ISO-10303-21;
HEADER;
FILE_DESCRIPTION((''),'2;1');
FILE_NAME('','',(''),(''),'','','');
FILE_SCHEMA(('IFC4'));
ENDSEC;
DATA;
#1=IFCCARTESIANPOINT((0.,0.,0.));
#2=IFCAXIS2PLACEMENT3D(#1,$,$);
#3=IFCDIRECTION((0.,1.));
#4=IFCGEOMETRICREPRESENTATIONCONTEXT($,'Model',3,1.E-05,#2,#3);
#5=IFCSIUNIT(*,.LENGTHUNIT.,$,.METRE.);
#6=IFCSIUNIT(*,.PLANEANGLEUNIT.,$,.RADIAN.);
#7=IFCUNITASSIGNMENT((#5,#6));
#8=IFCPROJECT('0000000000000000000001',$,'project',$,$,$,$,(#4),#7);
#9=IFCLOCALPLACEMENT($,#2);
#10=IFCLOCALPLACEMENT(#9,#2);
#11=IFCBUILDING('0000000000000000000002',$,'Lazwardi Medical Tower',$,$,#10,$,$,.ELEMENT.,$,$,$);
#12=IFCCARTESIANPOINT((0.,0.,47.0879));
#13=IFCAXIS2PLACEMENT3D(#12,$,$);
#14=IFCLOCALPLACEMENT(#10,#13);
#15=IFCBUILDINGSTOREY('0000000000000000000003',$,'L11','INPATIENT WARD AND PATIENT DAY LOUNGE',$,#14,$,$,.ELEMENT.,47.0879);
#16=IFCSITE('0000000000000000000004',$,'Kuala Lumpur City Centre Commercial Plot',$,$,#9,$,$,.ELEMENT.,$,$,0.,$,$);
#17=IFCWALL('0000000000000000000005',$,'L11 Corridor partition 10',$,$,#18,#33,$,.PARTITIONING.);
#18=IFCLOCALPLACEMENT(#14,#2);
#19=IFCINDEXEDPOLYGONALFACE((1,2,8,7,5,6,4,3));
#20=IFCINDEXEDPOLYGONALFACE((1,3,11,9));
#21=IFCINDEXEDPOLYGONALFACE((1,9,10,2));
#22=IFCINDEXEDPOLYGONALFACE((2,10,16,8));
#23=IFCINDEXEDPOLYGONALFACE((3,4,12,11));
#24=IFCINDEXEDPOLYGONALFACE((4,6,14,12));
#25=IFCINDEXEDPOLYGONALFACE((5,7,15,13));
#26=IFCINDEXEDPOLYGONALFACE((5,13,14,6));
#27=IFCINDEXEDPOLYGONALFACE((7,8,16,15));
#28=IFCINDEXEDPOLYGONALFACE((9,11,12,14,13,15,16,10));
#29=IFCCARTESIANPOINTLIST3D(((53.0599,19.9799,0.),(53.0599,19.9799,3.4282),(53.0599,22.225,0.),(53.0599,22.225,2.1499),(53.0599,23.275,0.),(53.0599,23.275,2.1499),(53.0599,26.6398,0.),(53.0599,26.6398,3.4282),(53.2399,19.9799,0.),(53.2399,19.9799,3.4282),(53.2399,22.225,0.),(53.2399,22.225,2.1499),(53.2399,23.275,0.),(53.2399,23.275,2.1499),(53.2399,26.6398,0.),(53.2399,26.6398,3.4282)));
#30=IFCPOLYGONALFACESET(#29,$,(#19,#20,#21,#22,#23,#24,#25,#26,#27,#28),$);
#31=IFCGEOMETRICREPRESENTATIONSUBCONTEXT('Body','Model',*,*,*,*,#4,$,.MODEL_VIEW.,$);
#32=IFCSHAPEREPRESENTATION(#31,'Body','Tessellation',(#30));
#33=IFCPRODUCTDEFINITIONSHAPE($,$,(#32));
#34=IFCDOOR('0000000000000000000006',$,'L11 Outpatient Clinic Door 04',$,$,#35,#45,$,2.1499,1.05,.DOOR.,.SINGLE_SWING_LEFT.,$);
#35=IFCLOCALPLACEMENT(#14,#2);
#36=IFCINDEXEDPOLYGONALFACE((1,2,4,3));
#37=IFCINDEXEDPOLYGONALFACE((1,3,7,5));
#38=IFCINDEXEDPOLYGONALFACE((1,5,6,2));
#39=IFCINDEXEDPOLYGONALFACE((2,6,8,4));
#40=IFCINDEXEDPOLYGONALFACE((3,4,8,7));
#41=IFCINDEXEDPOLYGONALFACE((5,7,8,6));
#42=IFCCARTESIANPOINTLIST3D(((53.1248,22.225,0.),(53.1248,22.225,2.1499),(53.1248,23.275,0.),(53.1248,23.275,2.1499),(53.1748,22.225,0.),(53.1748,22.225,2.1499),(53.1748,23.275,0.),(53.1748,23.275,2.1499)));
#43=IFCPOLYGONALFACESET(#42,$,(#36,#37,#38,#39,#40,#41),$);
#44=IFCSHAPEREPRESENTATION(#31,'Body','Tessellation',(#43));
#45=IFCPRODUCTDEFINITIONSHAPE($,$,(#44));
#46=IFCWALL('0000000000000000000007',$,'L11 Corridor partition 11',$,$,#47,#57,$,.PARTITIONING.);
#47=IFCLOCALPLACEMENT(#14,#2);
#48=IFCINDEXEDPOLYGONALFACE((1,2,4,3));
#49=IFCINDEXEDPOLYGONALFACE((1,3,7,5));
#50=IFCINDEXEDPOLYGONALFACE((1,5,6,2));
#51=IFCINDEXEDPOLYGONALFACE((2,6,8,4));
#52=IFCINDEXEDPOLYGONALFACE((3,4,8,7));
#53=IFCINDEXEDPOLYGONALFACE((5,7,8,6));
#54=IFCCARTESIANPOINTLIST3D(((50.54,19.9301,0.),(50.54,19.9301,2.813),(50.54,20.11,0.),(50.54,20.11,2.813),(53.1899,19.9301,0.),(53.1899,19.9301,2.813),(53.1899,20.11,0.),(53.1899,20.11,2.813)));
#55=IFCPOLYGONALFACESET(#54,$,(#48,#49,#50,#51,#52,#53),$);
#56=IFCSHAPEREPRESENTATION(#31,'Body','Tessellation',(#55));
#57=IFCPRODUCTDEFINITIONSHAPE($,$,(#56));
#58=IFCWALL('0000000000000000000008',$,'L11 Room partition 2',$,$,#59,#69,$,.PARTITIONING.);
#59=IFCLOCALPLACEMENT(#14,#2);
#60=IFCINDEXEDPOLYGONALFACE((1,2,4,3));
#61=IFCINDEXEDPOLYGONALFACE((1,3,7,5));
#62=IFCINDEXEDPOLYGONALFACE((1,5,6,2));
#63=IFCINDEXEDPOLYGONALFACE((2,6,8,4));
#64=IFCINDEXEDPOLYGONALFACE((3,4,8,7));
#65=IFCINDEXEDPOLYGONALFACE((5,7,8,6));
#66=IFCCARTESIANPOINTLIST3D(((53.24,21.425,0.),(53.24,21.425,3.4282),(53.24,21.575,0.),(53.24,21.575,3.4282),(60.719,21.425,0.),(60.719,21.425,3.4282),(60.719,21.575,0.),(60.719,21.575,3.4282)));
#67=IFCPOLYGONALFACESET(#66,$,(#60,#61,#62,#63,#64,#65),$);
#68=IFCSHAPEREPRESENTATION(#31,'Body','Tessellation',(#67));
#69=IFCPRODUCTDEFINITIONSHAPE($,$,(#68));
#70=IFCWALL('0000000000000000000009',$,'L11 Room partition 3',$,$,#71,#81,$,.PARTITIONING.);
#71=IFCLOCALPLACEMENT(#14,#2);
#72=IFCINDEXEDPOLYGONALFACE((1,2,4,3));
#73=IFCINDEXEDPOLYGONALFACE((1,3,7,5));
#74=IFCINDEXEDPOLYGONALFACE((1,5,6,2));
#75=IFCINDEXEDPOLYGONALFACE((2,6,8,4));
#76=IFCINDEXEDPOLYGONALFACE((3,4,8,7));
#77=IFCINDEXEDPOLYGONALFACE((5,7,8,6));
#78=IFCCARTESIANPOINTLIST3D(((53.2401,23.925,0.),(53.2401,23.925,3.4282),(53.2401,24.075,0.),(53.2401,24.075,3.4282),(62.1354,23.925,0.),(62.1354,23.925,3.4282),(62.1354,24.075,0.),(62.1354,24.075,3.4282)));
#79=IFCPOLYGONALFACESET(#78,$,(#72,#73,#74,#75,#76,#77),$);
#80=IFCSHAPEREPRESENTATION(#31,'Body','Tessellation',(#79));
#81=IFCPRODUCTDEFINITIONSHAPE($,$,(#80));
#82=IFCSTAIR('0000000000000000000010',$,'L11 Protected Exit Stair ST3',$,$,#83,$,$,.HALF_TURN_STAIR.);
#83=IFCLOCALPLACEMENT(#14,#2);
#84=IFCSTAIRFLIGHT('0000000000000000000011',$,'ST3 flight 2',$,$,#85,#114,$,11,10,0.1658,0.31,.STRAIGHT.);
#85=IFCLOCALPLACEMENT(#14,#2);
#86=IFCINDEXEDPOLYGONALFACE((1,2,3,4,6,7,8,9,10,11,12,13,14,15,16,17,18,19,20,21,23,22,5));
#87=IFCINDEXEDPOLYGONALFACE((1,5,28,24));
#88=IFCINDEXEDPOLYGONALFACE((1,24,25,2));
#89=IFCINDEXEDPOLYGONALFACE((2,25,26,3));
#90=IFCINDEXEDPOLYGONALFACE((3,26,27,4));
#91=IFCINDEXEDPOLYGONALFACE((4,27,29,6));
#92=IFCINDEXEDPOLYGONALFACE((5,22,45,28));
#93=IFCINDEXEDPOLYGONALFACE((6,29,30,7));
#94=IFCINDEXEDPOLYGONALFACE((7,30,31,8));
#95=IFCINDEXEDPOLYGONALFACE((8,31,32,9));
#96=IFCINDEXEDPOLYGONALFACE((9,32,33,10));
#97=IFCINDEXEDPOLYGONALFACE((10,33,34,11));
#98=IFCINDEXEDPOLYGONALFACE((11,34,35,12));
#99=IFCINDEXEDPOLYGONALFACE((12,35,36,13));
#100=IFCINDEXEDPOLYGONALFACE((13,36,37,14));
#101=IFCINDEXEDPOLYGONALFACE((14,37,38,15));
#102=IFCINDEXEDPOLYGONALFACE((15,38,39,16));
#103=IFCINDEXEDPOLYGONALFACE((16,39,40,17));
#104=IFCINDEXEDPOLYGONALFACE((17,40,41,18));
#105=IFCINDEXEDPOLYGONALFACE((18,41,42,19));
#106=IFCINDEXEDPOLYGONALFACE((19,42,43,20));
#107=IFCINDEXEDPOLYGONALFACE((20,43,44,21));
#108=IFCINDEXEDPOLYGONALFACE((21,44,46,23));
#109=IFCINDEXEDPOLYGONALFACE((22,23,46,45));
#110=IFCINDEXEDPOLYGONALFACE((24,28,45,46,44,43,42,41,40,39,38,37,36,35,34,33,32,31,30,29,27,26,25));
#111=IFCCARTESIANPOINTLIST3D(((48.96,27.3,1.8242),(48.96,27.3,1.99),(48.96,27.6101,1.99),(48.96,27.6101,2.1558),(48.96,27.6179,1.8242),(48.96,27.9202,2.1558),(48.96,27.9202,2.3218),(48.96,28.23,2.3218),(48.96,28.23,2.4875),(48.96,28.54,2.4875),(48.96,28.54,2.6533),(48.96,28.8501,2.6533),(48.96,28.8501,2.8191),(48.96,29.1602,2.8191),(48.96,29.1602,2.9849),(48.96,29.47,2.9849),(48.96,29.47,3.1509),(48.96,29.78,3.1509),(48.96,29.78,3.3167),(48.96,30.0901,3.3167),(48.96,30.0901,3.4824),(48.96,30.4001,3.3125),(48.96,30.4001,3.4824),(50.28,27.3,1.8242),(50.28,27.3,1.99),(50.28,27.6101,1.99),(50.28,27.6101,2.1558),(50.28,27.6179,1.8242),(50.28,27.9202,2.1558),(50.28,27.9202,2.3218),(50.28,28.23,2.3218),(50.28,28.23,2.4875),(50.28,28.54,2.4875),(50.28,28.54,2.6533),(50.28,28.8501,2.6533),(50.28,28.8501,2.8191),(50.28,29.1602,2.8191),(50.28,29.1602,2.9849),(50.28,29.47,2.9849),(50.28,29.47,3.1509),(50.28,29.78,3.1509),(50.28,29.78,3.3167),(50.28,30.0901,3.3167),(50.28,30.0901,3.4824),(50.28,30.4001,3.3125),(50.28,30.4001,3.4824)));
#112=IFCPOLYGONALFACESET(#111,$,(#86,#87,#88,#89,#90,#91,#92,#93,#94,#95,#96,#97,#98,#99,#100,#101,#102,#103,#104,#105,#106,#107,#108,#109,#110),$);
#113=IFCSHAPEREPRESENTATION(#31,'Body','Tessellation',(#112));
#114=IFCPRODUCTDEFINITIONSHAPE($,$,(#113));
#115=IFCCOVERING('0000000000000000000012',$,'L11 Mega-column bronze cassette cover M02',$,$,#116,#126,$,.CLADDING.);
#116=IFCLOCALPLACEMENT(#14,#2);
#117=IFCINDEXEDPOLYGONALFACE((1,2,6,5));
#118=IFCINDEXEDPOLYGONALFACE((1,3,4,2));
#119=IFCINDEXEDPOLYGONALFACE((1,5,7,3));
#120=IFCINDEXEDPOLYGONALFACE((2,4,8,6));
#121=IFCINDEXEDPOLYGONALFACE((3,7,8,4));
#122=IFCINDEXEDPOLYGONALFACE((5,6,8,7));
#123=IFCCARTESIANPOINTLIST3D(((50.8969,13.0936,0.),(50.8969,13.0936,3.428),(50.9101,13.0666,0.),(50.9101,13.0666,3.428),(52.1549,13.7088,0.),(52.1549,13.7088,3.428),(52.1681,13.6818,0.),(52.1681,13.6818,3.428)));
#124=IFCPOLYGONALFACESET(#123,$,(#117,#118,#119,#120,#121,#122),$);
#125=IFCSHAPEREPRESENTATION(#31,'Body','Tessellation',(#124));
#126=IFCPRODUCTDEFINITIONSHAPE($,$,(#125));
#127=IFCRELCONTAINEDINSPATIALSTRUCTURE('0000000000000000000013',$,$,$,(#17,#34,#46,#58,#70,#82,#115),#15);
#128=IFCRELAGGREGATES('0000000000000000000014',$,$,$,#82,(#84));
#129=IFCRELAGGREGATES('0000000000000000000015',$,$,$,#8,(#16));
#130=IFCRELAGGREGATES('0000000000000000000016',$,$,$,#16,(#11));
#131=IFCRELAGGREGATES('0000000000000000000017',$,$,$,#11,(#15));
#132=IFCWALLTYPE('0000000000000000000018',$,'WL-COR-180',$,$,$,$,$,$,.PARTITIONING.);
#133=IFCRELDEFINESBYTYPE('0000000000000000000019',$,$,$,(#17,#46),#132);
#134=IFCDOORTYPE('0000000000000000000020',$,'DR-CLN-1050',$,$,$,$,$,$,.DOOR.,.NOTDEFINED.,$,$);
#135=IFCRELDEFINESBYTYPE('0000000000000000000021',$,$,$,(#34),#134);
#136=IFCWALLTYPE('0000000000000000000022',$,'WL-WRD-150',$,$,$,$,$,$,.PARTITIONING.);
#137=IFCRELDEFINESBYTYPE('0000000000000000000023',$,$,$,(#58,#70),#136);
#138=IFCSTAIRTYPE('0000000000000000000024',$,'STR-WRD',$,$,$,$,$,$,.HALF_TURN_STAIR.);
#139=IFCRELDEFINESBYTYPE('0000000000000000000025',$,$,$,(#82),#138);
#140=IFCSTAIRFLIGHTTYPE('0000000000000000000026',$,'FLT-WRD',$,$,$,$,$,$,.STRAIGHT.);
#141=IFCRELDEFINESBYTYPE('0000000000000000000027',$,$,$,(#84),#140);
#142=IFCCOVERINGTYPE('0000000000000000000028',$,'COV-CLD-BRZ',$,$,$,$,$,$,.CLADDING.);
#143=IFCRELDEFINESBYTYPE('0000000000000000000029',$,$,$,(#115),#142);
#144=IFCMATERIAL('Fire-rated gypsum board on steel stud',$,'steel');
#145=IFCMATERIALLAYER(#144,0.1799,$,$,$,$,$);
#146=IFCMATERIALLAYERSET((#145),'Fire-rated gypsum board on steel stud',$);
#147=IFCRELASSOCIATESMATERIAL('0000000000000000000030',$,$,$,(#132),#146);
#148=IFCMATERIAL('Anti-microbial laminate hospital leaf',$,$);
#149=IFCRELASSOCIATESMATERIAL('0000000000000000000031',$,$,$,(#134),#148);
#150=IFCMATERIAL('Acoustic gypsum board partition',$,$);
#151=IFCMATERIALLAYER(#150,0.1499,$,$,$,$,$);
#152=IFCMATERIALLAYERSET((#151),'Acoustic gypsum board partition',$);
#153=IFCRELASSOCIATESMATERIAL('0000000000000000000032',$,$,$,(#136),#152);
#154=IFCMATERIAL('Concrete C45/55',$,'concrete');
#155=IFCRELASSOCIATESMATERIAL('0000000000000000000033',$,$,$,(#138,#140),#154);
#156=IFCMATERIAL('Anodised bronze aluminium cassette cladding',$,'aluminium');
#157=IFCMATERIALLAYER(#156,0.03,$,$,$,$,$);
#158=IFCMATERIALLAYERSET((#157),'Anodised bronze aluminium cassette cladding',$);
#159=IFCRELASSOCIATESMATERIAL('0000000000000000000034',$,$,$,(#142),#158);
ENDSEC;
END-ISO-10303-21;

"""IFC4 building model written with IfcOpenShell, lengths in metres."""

from ifc_helpers import new_model, si_unit, direction, frame, frame_2d, origin, origin_2d, place, context, subcontext, project, spatial, polyline, rectangle, outline, extrude, material, layer, layer_set, type_object, element, fill, aggregate, save


model = new_model("IFC4")

# Units and contexts
model_context = context("Model", 3, precision=1e-05, world=origin(), true_north=direction((0.0, 1.0)))
body_context = subcontext(model_context, "Body", "Model", "MODEL_VIEW")
ifc_project = project(units=[si_unit("LENGTHUNIT", "METRE"), si_unit("PLANEANGLEUNIT", "RADIAN")], contexts=[model_context])

# Site, building, storey
site_placement = place(None, origin())
site = spatial("IfcSite", under=ifc_project, at=site_placement, Name="Kuala Lumpur City Centre Commercial Plot", CompositionType="ELEMENT", RefElevation=0.0)
building_placement = place(site_placement, origin())
building = spatial("IfcBuilding", under=site, at=building_placement, Name="Lazwardi Medical Tower", CompositionType="ELEMENT")
storey_placement = place(building_placement, frame((0.0, 0.0, 47.0879)))
storey = spatial("IfcBuildingStorey", under=building, at=storey_placement, Name="L11", Description="INPATIENT WARD AND PATIENT DAY LOUNGE", CompositionType="ELEMENT", Elevation=47.0879)

# Wall, opening, door
ifc_material_1 = material(Name="Fire-rated gypsum board on steel stud", Category="steel")
ifc_layer_1 = layer(ifc_material_1, 0.1799)
ifc_layer_set_1 = layer_set([ifc_layer_1], Name="Fire-rated gypsum board on steel stud")
wall_type_1 = type_object("IfcWallType", Name="WL-COR-180", PredefinedType="PARTITIONING", material=ifc_layer_set_1)
wall_1_placement = place(storey_placement, frame((53.1499, 26.6399, 0.0), z_axis=(0.0, 0.0, 1.0), x_axis=(0.0, -1.0, 0.0)))
wall_1 = element("IfcWall", 1, at=wall_1_placement, inside=storey, type_object=wall_type_1, Name="L11 Corridor partition 10", PredefinedType="PARTITIONING", context=body_context, shape_type="SweptSolid", body=[
    extrude(rectangle(XDim=6.6599, YDim=0.1799, at=frame_2d((3.3301, 0.0))), origin(), (0.0, 0.0, 1.0), 3.4282),
])
opening_placement = place(wall_1_placement, frame((3.365, 0.0, 0.0)))
opening = element("IfcOpeningElement", 2, at=opening_placement, cuts=wall_1, PredefinedType="OPENING", context=body_context, shape_type="SweptSolid", body=[
    extrude(rectangle(XDim=1.05, YDim=2.1499, at=frame_2d((0.5249, 1.075))), frame((0.0, 0.0999, 0.0), z_axis=(0.0, -1.0, 0.0), x_axis=(1.0, 0.0, 0.0)), (0.0, 0.0, 1.0), 0.2),
])
ifc_material_2 = material(Name="Anti-microbial laminate hospital leaf")
door_type = type_object("IfcDoorType", Name="DR-CLN-1050", OperationType="NOTDEFINED", PredefinedType="DOOR", material=ifc_material_2)
door_placement = place(opening_placement, origin())
door = element("IfcDoor", 3, at=door_placement, inside=storey, type_object=door_type, Name="L11 Outpatient Clinic Door 04", OperationType="SINGLE_SWING_LEFT", OverallHeight=2.1499, OverallWidth=1.05, PredefinedType="DOOR", context=body_context, shape_type="SweptSolid", body=[
    extrude(rectangle(XDim=1.05, YDim=2.1499, at=frame_2d((0.5249, 1.075))), frame((0.0, 0.0249, 0.0), z_axis=(0.0, -1.0, 0.0), x_axis=(1.0, 0.0, 0.0)), (0.0, 0.0, 1.0), 0.05),
])
fill(opening, door)

# Walls
wall_2_placement = place(storey_placement, frame((53.1899, 20.02, 0.0), z_axis=(0.0, 0.0, 1.0), x_axis=(-1.0, 0.0, 0.0)))
element("IfcWall", 4, at=wall_2_placement, inside=storey, type_object=wall_type_1, Name="L11 Corridor partition 11", PredefinedType="PARTITIONING", context=body_context, shape_type="SweptSolid", body=[
    extrude(rectangle(XDim=2.6499, YDim=0.1799, at=frame_2d((1.325, 0.0))), origin(), (0.0, 0.0, 1.0), 2.813),
])
ifc_material_3 = material(Name="Acoustic gypsum board partition")
ifc_layer_2 = layer(ifc_material_3, 0.1499)
ifc_layer_set_2 = layer_set([ifc_layer_2], Name="Acoustic gypsum board partition")
wall_type_2 = type_object("IfcWallType", Name="WL-WRD-150", PredefinedType="PARTITIONING", material=ifc_layer_set_2)
wall_3_placement = place(storey_placement, frame((53.24, 21.5, 0.0), z_axis=(0.0, 0.0, 1.0), x_axis=(1.0, 0.0, 0.0)))
element("IfcWall", 5, at=wall_3_placement, inside=storey, type_object=wall_type_2, Name="L11 Room partition 2", PredefinedType="PARTITIONING", context=body_context, shape_type="SweptSolid", body=[
    extrude(rectangle(XDim=7.479, YDim=0.1499, at=frame_2d((3.7395, 0.0))), origin(), (0.0, 0.0, 1.0), 3.4282),
])
wall_4_placement = place(storey_placement, frame((53.24, 24.0, 0.0), z_axis=(0.0, 0.0, 1.0), x_axis=(1.0, 0.0, 0.0)))
element("IfcWall", 6, at=wall_4_placement, inside=storey, type_object=wall_type_2, Name="L11 Room partition 3", PredefinedType="PARTITIONING", context=body_context, shape_type="SweptSolid", body=[
    extrude(rectangle(XDim=8.8953, YDim=0.1499, at=frame_2d((4.4478, 0.0))), origin(), (0.0, 0.0, 1.0), 3.4282),
])

# Stair, stair flight
ifc_material_4 = material(Name="Concrete C45/55", Category="concrete")
stair_type = type_object("IfcStairType", Name="STR-WRD", PredefinedType="HALF_TURN_STAIR", material=ifc_material_4)
stair_placement = place(storey_placement, origin())
stair = element("IfcStair", 7, at=stair_placement, inside=storey, type_object=stair_type, Name="L11 Protected Exit Stair ST3", PredefinedType="HALF_TURN_STAIR")
stair_flight_type = type_object("IfcStairFlightType", Name="FLT-WRD", PredefinedType="STRAIGHT", material=ifc_material_4)
stair_flight_placement = place(storey_placement, frame((49.6201, 27.3, 1.8242), z_axis=(0.0, 0.0, 1.0), x_axis=(0.0, 1.0, 0.0)))
stair_flight = element("IfcStairFlight", 8, at=stair_flight_placement, type_object=stair_flight_type, Name="ST3 flight 2", NumberOfRisers=11, NumberOfTreads=10, PredefinedType="STRAIGHT", RiserHeight=0.1658, TreadLength=0.31, context=body_context, shape_type="SweptSolid", body=[
    extrude(outline(polyline([(0.0, 0.0), (0.0, 0.1658), (0.3101, 0.1658), (0.3101, 0.3315), (0.6201, 0.3315), (0.6201, 0.4976), (0.9299, 0.4976), (0.9299, 0.6633), (1.24, 0.6633), (1.24, 0.8291), (1.55, 0.8291), (1.55, 0.9949), (1.8601, 0.9949), (1.8601, 1.1606), (2.1699, 1.1606), (2.1699, 1.3267), (2.48, 1.3267), (2.48, 1.4924), (2.79, 1.4924), (2.79, 1.6582), (3.1001, 1.6582), (3.1001, 1.824), (3.1001, 1.4883), (0.3179, 0.0), (0.0, 0.0)])), frame((0.0, 0.6602, 0.0), z_axis=(0.0, -1.0, 0.0), x_axis=(1.0, 0.0, 0.0)), (0.0, 0.0, 1.0), 1.3201),
])
aggregate(stair, [stair_flight])

# Covering
ifc_material_5 = material(Name="Anodised bronze aluminium cassette cladding", Category="aluminium")
ifc_layer_3 = layer(ifc_material_5, 0.03)
ifc_layer_set_3 = layer_set([ifc_layer_3], Name="Anodised bronze aluminium cassette cladding")
covering_type = type_object("IfcCoveringType", Name="COV-CLD-BRZ", PredefinedType="CLADDING", material=ifc_layer_set_3)
covering_placement = place(storey_placement, frame((51.5325, 13.3877, 0.0), z_axis=(0.0, 0.0, 1.0), x_axis=(0.898334, 0.439312, 0.0)))
element("IfcCovering", 9, at=covering_placement, inside=storey, type_object=covering_type, Name="L11 Mega-column bronze cassette cover M02", PredefinedType="CLADDING", context=body_context, shape_type="SweptSolid", body=[
    extrude(rectangle(XDim=1.4004, YDim=0.03, at=origin_2d()), origin(), (0.0, 0.0, 1.0), 3.428),
])

save(model, "model.ifc")
